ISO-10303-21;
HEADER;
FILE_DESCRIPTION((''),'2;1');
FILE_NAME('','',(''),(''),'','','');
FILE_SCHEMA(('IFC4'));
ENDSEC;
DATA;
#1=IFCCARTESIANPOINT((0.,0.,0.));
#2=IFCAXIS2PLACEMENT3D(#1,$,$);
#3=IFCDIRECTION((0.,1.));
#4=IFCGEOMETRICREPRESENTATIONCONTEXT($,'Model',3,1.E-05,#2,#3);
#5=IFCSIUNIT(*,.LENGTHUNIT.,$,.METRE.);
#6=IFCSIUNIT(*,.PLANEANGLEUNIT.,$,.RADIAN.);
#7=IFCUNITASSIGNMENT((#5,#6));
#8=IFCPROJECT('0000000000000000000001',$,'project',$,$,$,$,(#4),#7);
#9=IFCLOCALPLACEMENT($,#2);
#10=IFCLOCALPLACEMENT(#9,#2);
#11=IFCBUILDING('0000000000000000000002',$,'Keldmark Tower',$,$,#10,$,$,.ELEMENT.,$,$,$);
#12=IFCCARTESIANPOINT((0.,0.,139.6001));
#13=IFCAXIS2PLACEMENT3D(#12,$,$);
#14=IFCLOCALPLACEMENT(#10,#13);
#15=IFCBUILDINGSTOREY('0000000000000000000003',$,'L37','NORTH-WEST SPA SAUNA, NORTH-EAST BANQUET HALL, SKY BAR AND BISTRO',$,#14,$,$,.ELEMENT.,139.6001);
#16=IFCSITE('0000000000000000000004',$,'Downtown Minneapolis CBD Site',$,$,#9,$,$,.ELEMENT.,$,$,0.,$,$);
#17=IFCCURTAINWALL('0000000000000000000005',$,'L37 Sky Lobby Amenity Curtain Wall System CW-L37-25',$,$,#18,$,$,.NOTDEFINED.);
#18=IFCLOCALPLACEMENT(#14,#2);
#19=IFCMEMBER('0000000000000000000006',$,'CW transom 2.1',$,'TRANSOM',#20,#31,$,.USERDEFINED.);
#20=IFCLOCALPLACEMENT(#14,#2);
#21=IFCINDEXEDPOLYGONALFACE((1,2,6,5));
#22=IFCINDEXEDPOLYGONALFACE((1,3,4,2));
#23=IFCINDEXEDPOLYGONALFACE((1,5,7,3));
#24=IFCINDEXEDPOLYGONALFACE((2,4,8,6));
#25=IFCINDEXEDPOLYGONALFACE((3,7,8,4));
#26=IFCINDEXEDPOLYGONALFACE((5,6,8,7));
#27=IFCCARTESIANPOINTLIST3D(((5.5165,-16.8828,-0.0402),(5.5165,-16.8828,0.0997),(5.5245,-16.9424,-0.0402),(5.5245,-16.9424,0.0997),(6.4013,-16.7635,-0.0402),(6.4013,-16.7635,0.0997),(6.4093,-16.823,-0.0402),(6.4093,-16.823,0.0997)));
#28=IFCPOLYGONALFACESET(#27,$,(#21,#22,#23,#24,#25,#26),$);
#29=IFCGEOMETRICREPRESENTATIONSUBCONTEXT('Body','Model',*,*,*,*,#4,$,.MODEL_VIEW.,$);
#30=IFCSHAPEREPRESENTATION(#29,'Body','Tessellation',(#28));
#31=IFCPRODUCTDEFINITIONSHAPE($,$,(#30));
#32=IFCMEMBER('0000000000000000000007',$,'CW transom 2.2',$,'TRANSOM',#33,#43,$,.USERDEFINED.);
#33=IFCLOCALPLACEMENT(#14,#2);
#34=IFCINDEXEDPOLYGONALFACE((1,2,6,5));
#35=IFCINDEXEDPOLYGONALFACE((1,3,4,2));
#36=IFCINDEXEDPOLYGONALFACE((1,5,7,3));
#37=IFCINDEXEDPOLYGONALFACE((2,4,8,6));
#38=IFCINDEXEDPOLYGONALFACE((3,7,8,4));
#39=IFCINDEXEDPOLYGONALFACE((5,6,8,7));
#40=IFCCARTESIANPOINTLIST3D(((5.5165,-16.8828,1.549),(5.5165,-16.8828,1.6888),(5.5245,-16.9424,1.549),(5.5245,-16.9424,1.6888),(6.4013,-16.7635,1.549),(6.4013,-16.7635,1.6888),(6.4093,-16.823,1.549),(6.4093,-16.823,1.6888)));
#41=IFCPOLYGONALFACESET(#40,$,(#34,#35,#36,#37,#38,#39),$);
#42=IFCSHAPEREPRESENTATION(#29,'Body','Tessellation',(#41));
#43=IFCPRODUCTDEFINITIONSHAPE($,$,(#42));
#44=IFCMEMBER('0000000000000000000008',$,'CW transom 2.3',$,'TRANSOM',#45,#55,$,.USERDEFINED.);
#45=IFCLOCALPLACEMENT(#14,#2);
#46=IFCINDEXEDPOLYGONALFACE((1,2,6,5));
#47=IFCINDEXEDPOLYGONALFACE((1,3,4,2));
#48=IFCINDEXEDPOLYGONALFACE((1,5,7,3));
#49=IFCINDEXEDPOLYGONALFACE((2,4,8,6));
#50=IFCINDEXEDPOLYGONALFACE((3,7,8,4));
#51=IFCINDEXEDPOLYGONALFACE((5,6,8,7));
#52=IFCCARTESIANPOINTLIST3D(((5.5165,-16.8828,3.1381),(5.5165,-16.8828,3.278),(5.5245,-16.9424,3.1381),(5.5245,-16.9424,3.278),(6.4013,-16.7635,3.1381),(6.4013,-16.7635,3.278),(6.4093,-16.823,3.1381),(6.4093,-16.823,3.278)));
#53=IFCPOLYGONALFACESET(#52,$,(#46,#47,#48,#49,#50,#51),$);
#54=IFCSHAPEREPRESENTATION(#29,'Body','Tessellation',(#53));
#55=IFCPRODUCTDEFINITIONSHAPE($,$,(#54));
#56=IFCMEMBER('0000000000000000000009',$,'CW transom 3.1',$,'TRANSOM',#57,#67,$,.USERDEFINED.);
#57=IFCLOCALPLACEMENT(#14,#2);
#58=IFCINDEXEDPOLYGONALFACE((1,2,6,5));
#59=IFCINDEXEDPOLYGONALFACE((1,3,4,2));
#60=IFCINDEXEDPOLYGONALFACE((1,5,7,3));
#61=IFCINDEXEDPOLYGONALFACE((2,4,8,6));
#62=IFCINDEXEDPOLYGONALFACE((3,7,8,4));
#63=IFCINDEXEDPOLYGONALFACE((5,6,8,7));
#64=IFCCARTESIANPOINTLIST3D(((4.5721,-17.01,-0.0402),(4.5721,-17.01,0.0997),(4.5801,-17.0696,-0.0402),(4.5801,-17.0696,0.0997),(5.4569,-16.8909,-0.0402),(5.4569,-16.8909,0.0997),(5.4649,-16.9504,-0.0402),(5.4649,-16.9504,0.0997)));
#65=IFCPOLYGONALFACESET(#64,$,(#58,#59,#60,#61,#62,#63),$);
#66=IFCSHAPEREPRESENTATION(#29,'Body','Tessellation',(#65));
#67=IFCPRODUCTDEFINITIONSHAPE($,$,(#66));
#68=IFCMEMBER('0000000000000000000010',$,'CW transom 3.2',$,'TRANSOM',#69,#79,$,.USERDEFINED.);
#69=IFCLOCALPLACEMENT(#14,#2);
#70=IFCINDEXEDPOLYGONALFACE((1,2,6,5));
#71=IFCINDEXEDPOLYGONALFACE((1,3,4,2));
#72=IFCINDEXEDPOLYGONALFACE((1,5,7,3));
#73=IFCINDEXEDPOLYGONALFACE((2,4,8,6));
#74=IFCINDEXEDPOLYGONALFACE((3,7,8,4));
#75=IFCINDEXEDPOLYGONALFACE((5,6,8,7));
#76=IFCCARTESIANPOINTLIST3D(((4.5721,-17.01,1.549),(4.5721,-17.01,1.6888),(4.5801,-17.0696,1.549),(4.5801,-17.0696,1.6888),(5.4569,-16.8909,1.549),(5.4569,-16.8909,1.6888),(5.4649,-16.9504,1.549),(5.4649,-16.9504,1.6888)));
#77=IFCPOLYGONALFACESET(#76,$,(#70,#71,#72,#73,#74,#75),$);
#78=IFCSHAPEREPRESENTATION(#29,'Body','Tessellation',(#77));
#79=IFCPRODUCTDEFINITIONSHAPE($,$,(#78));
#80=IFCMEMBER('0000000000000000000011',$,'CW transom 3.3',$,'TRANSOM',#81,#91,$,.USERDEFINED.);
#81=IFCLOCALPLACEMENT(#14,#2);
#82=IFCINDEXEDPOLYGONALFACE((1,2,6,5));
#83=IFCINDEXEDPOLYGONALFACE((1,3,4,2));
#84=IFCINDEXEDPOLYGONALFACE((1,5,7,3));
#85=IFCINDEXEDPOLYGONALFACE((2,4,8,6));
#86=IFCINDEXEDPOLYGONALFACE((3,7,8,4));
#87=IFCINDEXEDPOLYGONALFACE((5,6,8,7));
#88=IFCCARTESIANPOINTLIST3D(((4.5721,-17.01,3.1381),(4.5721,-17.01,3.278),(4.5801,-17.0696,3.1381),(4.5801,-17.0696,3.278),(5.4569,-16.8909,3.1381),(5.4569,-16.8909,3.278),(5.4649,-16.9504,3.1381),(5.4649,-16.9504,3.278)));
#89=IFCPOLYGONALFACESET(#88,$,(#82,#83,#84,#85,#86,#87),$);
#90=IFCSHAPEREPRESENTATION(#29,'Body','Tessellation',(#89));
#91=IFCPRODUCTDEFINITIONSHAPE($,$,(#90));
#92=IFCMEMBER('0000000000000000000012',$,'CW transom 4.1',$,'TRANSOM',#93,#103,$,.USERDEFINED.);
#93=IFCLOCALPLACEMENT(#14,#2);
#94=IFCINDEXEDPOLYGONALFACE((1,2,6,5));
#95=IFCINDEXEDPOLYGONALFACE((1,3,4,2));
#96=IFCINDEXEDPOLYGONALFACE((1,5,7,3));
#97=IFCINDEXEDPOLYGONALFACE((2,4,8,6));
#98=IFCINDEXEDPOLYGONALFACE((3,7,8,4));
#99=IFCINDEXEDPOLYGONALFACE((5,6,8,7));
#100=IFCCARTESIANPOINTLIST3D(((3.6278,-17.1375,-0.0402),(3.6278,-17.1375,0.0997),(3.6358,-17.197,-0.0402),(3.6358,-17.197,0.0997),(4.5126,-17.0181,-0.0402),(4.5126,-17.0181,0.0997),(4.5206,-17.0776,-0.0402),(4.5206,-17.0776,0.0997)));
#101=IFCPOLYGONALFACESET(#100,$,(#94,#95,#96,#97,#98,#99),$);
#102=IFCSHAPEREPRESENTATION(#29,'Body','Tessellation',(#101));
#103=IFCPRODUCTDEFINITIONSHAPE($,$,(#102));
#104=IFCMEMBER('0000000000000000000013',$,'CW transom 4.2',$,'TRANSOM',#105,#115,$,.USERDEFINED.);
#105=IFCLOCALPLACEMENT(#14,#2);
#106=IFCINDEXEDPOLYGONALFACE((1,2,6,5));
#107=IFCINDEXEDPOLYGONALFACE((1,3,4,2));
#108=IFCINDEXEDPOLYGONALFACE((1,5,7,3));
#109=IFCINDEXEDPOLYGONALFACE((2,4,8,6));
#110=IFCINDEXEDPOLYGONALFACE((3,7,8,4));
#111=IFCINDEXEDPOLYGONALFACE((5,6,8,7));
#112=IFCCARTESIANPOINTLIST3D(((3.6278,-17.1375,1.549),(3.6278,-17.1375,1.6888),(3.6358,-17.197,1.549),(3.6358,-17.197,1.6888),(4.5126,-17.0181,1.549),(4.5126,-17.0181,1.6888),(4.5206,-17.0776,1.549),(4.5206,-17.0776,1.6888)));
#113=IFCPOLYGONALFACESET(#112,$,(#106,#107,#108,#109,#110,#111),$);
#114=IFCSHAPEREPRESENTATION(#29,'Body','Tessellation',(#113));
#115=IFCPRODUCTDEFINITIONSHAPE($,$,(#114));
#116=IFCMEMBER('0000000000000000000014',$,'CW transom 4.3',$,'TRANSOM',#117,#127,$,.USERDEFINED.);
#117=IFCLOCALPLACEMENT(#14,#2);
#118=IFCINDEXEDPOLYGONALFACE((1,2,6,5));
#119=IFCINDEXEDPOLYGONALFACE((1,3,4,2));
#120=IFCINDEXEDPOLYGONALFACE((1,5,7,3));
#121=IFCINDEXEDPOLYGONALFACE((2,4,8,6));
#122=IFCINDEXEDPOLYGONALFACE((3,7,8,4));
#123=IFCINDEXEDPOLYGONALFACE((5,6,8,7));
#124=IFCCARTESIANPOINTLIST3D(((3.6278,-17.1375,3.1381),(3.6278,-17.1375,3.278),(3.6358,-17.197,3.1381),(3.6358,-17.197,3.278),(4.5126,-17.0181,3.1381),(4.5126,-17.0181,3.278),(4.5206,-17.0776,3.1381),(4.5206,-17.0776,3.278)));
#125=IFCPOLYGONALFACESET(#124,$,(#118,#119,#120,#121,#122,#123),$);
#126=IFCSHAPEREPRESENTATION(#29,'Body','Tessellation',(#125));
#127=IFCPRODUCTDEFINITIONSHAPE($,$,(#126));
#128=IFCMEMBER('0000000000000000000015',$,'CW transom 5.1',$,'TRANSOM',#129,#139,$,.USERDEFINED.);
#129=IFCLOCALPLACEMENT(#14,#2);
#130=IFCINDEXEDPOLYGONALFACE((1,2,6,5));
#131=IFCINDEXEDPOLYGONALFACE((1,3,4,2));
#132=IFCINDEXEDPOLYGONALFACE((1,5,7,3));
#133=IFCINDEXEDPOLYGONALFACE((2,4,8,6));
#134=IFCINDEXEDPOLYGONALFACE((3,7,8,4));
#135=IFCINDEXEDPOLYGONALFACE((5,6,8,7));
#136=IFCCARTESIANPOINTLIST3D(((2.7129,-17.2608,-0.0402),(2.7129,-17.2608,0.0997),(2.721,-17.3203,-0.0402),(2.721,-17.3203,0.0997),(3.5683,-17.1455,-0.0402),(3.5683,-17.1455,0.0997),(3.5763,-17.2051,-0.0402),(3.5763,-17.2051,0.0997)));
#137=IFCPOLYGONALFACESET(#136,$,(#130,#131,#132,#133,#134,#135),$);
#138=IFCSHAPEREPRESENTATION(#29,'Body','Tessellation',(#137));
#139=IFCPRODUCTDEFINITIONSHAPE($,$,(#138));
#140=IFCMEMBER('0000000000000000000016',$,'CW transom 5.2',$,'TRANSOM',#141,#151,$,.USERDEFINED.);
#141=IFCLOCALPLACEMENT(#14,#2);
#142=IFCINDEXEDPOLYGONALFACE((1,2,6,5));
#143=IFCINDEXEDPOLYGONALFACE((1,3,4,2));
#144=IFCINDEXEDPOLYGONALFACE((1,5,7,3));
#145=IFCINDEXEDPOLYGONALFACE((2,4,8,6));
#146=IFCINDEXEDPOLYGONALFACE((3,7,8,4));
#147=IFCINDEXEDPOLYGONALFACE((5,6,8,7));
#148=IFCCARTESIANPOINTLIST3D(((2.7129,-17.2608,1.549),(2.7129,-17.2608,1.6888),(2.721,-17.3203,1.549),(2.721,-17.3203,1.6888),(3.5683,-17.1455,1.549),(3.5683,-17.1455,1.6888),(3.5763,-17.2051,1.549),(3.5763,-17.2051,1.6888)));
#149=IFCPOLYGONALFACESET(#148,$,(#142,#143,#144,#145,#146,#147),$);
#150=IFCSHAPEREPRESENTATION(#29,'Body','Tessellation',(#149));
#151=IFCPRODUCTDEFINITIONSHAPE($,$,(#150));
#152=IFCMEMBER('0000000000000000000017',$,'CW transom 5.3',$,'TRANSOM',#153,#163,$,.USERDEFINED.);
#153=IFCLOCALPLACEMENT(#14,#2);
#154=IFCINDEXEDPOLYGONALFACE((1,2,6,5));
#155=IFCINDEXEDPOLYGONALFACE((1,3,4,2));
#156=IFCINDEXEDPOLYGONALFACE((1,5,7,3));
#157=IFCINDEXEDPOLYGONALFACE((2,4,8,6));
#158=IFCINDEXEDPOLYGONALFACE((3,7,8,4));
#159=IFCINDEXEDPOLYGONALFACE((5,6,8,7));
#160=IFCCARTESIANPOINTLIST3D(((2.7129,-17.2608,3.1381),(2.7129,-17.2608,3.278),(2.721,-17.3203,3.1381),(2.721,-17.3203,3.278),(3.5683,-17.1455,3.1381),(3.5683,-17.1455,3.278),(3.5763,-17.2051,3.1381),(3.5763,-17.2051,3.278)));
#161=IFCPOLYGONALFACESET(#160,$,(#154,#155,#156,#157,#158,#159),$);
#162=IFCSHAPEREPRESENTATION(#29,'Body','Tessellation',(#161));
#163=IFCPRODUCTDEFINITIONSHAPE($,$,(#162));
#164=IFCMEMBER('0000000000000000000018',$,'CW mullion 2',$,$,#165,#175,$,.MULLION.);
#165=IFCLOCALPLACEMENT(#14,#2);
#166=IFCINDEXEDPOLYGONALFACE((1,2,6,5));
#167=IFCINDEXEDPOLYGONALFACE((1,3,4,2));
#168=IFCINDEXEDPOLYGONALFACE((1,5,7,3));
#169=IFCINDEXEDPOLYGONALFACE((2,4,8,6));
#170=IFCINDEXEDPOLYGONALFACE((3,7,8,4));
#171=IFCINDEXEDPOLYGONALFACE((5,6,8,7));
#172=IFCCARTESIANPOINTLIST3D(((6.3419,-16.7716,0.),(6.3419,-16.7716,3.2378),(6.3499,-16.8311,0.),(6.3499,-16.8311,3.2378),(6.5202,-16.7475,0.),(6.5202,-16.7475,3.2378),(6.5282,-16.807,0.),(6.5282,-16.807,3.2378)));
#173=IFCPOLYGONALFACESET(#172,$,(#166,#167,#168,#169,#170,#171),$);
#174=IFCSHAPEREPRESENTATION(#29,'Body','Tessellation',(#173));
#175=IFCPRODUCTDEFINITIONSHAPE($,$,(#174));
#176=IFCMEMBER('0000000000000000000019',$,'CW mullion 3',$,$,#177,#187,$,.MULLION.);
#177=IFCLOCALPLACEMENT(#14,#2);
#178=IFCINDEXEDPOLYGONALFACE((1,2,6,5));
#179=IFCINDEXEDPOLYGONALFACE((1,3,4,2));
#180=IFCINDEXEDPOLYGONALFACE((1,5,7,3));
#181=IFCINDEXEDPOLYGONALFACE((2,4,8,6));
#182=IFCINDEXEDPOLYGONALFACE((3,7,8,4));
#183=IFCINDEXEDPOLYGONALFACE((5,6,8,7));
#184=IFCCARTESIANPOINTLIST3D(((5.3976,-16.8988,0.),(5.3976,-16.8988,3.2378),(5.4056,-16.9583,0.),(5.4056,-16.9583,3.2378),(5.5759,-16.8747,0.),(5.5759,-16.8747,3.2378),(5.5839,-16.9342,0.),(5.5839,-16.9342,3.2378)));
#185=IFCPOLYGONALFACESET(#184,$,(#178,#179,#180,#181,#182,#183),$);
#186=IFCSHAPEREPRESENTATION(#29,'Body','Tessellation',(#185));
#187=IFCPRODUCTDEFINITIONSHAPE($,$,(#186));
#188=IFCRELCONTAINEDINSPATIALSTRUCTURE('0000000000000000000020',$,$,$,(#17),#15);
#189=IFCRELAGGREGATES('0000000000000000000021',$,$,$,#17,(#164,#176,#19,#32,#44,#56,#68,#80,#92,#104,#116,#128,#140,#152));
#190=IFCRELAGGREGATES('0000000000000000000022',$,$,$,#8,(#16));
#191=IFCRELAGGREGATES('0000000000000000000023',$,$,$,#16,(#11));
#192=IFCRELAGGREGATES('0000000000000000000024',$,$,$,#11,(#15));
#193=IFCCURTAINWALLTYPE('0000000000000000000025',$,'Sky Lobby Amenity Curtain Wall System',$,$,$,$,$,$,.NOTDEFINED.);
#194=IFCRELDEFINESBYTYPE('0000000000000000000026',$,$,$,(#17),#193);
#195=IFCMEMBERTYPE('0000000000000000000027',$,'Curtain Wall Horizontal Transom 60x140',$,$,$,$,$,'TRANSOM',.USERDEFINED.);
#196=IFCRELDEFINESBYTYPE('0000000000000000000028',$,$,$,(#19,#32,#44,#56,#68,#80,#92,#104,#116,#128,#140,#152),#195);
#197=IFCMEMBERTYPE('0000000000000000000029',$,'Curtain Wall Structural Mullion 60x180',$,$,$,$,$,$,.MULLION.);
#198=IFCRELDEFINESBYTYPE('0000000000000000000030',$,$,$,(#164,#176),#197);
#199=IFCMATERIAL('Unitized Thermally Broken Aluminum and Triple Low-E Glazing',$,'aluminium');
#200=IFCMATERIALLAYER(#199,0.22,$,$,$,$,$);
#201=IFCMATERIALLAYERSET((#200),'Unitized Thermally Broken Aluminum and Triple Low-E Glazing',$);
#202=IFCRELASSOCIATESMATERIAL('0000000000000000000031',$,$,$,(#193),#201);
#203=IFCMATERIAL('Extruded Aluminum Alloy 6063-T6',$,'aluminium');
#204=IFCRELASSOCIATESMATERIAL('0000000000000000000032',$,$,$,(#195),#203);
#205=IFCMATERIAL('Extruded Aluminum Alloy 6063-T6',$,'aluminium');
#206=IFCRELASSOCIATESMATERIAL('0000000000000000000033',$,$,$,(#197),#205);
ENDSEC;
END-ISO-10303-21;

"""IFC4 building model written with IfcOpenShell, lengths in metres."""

from ifc_helpers import new_model, si_unit, direction, frame, origin, origin_2d, place, context, subcontext, project, spatial, rectangle, extrude, material, layer, layer_set, material_profile, profile_set, type_object, element, aggregate, save


model = new_model("IFC4")

# Units and contexts
model_context = context("Model", 3, precision=1e-05, world=origin(), true_north=direction((0.0, 1.0)))
body_context = subcontext(model_context, "Body", "Model", "MODEL_VIEW")
ifc_project = project(units=[si_unit("LENGTHUNIT", "METRE"), si_unit("PLANEANGLEUNIT", "RADIAN")], contexts=[model_context])

# Site, building, storey
site_placement = place(None, origin())
site = spatial("IfcSite", under=ifc_project, at=site_placement, Name="Downtown Minneapolis CBD Site", CompositionType="ELEMENT", RefElevation=0.0)
building_placement = place(site_placement, origin())
building = spatial("IfcBuilding", under=site, at=building_placement, Name="Keldmark Tower", CompositionType="ELEMENT")
storey_placement = place(building_placement, frame((0.0, 0.0, 139.6001)))
storey = spatial("IfcBuildingStorey", under=building, at=storey_placement, Name="L37", Description="NORTH-WEST SPA SAUNA, NORTH-EAST BANQUET HALL, SKY BAR AND BISTRO", CompositionType="ELEMENT", Elevation=139.6001)

# Curtain wall, members
ifc_material_1 = material(Name="Unitized Thermally Broken Aluminum and Triple Low-E Glazing", Category="aluminium")
ifc_layer_1 = layer(ifc_material_1, 0.22)
ifc_layer_set_1 = layer_set([ifc_layer_1], Name="Unitized Thermally Broken Aluminum and Triple Low-E Glazing")
curtain_wall_type = type_object("IfcCurtainWallType", Name="Sky Lobby Amenity Curtain Wall System", PredefinedType="NOTDEFINED", material=ifc_layer_set_1)
curtain_wall_placement = place(storey_placement, origin())
curtain_wall = element("IfcCurtainWall", 1, at=curtain_wall_placement, inside=storey, type_object=curtain_wall_type, Name="L37 Sky Lobby Amenity Curtain Wall System CW-L37-25", PredefinedType="NOTDEFINED")
ifc_material_2 = material(Name="Extruded Aluminum Alloy 6063-T6", Category="aluminium")
ifc_material_profile_1 = material_profile(ifc_material_2, rectangle(XDim=0.0601, YDim=0.1399, at=origin_2d()), Name="CWT60X140")
ifc_profile_set_1 = profile_set([ifc_material_profile_1], Name="Extruded Aluminum Alloy 6063-T6")
member_type_1 = type_object("IfcMemberType", Name="Curtain Wall Horizontal Transom 60x140", ElementType="TRANSOM", PredefinedType="USERDEFINED", material=ifc_profile_set_1)
member_1_placement = place(storey_placement, frame((6.4053, -16.7932, 0.0298), z_axis=(-0.991019, -0.133722, 0.0), x_axis=(0.133722, -0.991019, 0.0)))
member_1 = element("IfcMember", 2, at=member_1_placement, type_object=member_type_1, Name="CW transom 2.1", ObjectType="TRANSOM", PredefinedType="USERDEFINED", context=body_context, shape_type="SweptSolid", body=[
    extrude(rectangle(XDim=0.0601, YDim=0.1399, at=origin_2d()), origin(), (0.0, 0.0, 1.0), 0.8928),
])
member_2_placement = place(storey_placement, frame((6.4053, -16.7932, 1.6189), z_axis=(-0.991019, -0.133722, 0.0), x_axis=(0.133722, -0.991019, 0.0)))
member_2 = element("IfcMember", 3, at=member_2_placement, type_object=member_type_1, Name="CW transom 2.2", ObjectType="TRANSOM", PredefinedType="USERDEFINED", context=body_context, shape_type="SweptSolid", body=[
    extrude(rectangle(XDim=0.0601, YDim=0.1399, at=origin_2d()), origin(), (0.0, 0.0, 1.0), 0.8928),
])
member_3_placement = place(storey_placement, frame((6.4053, -16.7932, 3.208), z_axis=(-0.991019, -0.133722, 0.0), x_axis=(0.133722, -0.991019, 0.0)))
member_3 = element("IfcMember", 4, at=member_3_placement, type_object=member_type_1, Name="CW transom 2.3", ObjectType="TRANSOM", PredefinedType="USERDEFINED", context=body_context, shape_type="SweptSolid", body=[
    extrude(rectangle(XDim=0.0601, YDim=0.1399, at=origin_2d()), origin(), (0.0, 0.0, 1.0), 0.8928),
])
member_4_placement = place(storey_placement, frame((5.4609, -16.9207, 0.0298), z_axis=(-0.991055, -0.133453, 0.0), x_axis=(0.133453, -0.991055, 0.0)))
member_4 = element("IfcMember", 5, at=member_4_placement, type_object=member_type_1, Name="CW transom 3.1", ObjectType="TRANSOM", PredefinedType="USERDEFINED", context=body_context, shape_type="SweptSolid", body=[
    extrude(rectangle(XDim=0.0601, YDim=0.1399, at=origin_2d()), origin(), (0.0, 0.0, 1.0), 0.8928),
])
member_5_placement = place(storey_placement, frame((5.4609, -16.9207, 1.6189), z_axis=(-0.991055, -0.133453, 0.0), x_axis=(0.133453, -0.991055, 0.0)))
member_5 = element("IfcMember", 6, at=member_5_placement, type_object=member_type_1, Name="CW transom 3.2", ObjectType="TRANSOM", PredefinedType="USERDEFINED", context=body_context, shape_type="SweptSolid", body=[
    extrude(rectangle(XDim=0.0601, YDim=0.1399, at=origin_2d()), origin(), (0.0, 0.0, 1.0), 0.8928),
])
member_6_placement = place(storey_placement, frame((5.4609, -16.9207, 3.208), z_axis=(-0.991055, -0.133453, 0.0), x_axis=(0.133453, -0.991055, 0.0)))
member_6 = element("IfcMember", 7, at=member_6_placement, type_object=member_type_1, Name="CW transom 3.3", ObjectType="TRANSOM", PredefinedType="USERDEFINED", context=body_context, shape_type="SweptSolid", body=[
    extrude(rectangle(XDim=0.0601, YDim=0.1399, at=origin_2d()), origin(), (0.0, 0.0, 1.0), 0.8928),
])
member_7_placement = place(storey_placement, frame((4.5166, -17.0479, 0.0298), z_axis=(-0.991019, -0.133722, 0.0), x_axis=(0.133722, -0.991019, 0.0)))
member_7 = element("IfcMember", 8, at=member_7_placement, type_object=member_type_1, Name="CW transom 4.1", ObjectType="TRANSOM", PredefinedType="USERDEFINED", context=body_context, shape_type="SweptSolid", body=[
    extrude(rectangle(XDim=0.0601, YDim=0.1399, at=origin_2d()), origin(), (0.0, 0.0, 1.0), 0.8928),
])
member_8_placement = place(storey_placement, frame((4.5166, -17.0479, 1.6189), z_axis=(-0.991019, -0.133722, 0.0), x_axis=(0.133722, -0.991019, 0.0)))
member_8 = element("IfcMember", 9, at=member_8_placement, type_object=member_type_1, Name="CW transom 4.2", ObjectType="TRANSOM", PredefinedType="USERDEFINED", context=body_context, shape_type="SweptSolid", body=[
    extrude(rectangle(XDim=0.0601, YDim=0.1399, at=origin_2d()), origin(), (0.0, 0.0, 1.0), 0.8928),
])
member_9_placement = place(storey_placement, frame((4.5166, -17.0479, 3.208), z_axis=(-0.991019, -0.133722, 0.0), x_axis=(0.133722, -0.991019, 0.0)))
member_9 = element("IfcMember", 10, at=member_9_placement, type_object=member_type_1, Name="CW transom 4.3", ObjectType="TRANSOM", PredefinedType="USERDEFINED", context=body_context, shape_type="SweptSolid", body=[
    extrude(rectangle(XDim=0.0601, YDim=0.1399, at=origin_2d()), origin(), (0.0, 0.0, 1.0), 0.8928),
])
member_10_placement = place(storey_placement, frame((3.5723, -17.1753, 0.0298), z_axis=(-0.991044, -0.133535, 0.0), x_axis=(0.133535, -0.991044, 0.0)))
member_10 = element("IfcMember", 11, at=member_10_placement, type_object=member_type_1, Name="CW transom 5.1", ObjectType="TRANSOM", PredefinedType="USERDEFINED", context=body_context, shape_type="SweptSolid", body=[
    extrude(rectangle(XDim=0.0601, YDim=0.1399, at=origin_2d()), origin(), (0.0, 0.0, 1.0), 0.863),
])
member_11_placement = place(storey_placement, frame((3.5723, -17.1753, 1.6189), z_axis=(-0.991044, -0.133535, 0.0), x_axis=(0.133535, -0.991044, 0.0)))
member_11 = element("IfcMember", 12, at=member_11_placement, type_object=member_type_1, Name="CW transom 5.2", ObjectType="TRANSOM", PredefinedType="USERDEFINED", context=body_context, shape_type="SweptSolid", body=[
    extrude(rectangle(XDim=0.0601, YDim=0.1399, at=origin_2d()), origin(), (0.0, 0.0, 1.0), 0.863),
])
member_12_placement = place(storey_placement, frame((3.5723, -17.1753, 3.208), z_axis=(-0.991044, -0.133535, 0.0), x_axis=(0.133535, -0.991044, 0.0)))
member_12 = element("IfcMember", 13, at=member_12_placement, type_object=member_type_1, Name="CW transom 5.3", ObjectType="TRANSOM", PredefinedType="USERDEFINED", context=body_context, shape_type="SweptSolid", body=[
    extrude(rectangle(XDim=0.0601, YDim=0.1399, at=origin_2d()), origin(), (0.0, 0.0, 1.0), 0.863),
])
ifc_material_3 = material(Name="Extruded Aluminum Alloy 6063-T6", Category="aluminium")
ifc_material_profile_2 = material_profile(ifc_material_3, rectangle(XDim=0.0601, YDim=0.1799, at=origin_2d()), Name="CWM60X180")
ifc_profile_set_2 = profile_set([ifc_material_profile_2], Name="Extruded Aluminum Alloy 6063-T6")
member_type_2 = type_object("IfcMemberType", Name="Curtain Wall Structural Mullion 60x180", PredefinedType="MULLION", material=ifc_profile_set_2)
member_13_placement = place(storey_placement, frame((6.4351, -16.7893, 0.0), z_axis=(0.0, 0.0, 1.0), x_axis=(0.133598, -0.991036, 0.0)))
member_13 = element("IfcMember", 14, at=member_13_placement, type_object=member_type_2, Name="CW mullion 2", PredefinedType="MULLION", context=body_context, shape_type="SweptSolid", body=[
    extrude(rectangle(XDim=0.0601, YDim=0.1799, at=origin_2d()), origin(), (0.0, 0.0, 1.0), 3.2378),
])
member_14_placement = place(storey_placement, frame((5.4907, -16.9165, 0.0), z_axis=(0.0, 0.0, 1.0), x_axis=(0.133598, -0.991036, 0.0)))
member_14 = element("IfcMember", 15, at=member_14_placement, type_object=member_type_2, Name="CW mullion 3", PredefinedType="MULLION", context=body_context, shape_type="SweptSolid", body=[
    extrude(rectangle(XDim=0.0601, YDim=0.1799, at=origin_2d()), origin(), (0.0, 0.0, 1.0), 3.2378),
])

aggregate(curtain_wall, [member_13, member_14, member_1, member_2, member_3, member_4, member_5, member_6, member_7, member_8, member_9, member_10, member_11, member_12])

save(model, "model.ifc")
